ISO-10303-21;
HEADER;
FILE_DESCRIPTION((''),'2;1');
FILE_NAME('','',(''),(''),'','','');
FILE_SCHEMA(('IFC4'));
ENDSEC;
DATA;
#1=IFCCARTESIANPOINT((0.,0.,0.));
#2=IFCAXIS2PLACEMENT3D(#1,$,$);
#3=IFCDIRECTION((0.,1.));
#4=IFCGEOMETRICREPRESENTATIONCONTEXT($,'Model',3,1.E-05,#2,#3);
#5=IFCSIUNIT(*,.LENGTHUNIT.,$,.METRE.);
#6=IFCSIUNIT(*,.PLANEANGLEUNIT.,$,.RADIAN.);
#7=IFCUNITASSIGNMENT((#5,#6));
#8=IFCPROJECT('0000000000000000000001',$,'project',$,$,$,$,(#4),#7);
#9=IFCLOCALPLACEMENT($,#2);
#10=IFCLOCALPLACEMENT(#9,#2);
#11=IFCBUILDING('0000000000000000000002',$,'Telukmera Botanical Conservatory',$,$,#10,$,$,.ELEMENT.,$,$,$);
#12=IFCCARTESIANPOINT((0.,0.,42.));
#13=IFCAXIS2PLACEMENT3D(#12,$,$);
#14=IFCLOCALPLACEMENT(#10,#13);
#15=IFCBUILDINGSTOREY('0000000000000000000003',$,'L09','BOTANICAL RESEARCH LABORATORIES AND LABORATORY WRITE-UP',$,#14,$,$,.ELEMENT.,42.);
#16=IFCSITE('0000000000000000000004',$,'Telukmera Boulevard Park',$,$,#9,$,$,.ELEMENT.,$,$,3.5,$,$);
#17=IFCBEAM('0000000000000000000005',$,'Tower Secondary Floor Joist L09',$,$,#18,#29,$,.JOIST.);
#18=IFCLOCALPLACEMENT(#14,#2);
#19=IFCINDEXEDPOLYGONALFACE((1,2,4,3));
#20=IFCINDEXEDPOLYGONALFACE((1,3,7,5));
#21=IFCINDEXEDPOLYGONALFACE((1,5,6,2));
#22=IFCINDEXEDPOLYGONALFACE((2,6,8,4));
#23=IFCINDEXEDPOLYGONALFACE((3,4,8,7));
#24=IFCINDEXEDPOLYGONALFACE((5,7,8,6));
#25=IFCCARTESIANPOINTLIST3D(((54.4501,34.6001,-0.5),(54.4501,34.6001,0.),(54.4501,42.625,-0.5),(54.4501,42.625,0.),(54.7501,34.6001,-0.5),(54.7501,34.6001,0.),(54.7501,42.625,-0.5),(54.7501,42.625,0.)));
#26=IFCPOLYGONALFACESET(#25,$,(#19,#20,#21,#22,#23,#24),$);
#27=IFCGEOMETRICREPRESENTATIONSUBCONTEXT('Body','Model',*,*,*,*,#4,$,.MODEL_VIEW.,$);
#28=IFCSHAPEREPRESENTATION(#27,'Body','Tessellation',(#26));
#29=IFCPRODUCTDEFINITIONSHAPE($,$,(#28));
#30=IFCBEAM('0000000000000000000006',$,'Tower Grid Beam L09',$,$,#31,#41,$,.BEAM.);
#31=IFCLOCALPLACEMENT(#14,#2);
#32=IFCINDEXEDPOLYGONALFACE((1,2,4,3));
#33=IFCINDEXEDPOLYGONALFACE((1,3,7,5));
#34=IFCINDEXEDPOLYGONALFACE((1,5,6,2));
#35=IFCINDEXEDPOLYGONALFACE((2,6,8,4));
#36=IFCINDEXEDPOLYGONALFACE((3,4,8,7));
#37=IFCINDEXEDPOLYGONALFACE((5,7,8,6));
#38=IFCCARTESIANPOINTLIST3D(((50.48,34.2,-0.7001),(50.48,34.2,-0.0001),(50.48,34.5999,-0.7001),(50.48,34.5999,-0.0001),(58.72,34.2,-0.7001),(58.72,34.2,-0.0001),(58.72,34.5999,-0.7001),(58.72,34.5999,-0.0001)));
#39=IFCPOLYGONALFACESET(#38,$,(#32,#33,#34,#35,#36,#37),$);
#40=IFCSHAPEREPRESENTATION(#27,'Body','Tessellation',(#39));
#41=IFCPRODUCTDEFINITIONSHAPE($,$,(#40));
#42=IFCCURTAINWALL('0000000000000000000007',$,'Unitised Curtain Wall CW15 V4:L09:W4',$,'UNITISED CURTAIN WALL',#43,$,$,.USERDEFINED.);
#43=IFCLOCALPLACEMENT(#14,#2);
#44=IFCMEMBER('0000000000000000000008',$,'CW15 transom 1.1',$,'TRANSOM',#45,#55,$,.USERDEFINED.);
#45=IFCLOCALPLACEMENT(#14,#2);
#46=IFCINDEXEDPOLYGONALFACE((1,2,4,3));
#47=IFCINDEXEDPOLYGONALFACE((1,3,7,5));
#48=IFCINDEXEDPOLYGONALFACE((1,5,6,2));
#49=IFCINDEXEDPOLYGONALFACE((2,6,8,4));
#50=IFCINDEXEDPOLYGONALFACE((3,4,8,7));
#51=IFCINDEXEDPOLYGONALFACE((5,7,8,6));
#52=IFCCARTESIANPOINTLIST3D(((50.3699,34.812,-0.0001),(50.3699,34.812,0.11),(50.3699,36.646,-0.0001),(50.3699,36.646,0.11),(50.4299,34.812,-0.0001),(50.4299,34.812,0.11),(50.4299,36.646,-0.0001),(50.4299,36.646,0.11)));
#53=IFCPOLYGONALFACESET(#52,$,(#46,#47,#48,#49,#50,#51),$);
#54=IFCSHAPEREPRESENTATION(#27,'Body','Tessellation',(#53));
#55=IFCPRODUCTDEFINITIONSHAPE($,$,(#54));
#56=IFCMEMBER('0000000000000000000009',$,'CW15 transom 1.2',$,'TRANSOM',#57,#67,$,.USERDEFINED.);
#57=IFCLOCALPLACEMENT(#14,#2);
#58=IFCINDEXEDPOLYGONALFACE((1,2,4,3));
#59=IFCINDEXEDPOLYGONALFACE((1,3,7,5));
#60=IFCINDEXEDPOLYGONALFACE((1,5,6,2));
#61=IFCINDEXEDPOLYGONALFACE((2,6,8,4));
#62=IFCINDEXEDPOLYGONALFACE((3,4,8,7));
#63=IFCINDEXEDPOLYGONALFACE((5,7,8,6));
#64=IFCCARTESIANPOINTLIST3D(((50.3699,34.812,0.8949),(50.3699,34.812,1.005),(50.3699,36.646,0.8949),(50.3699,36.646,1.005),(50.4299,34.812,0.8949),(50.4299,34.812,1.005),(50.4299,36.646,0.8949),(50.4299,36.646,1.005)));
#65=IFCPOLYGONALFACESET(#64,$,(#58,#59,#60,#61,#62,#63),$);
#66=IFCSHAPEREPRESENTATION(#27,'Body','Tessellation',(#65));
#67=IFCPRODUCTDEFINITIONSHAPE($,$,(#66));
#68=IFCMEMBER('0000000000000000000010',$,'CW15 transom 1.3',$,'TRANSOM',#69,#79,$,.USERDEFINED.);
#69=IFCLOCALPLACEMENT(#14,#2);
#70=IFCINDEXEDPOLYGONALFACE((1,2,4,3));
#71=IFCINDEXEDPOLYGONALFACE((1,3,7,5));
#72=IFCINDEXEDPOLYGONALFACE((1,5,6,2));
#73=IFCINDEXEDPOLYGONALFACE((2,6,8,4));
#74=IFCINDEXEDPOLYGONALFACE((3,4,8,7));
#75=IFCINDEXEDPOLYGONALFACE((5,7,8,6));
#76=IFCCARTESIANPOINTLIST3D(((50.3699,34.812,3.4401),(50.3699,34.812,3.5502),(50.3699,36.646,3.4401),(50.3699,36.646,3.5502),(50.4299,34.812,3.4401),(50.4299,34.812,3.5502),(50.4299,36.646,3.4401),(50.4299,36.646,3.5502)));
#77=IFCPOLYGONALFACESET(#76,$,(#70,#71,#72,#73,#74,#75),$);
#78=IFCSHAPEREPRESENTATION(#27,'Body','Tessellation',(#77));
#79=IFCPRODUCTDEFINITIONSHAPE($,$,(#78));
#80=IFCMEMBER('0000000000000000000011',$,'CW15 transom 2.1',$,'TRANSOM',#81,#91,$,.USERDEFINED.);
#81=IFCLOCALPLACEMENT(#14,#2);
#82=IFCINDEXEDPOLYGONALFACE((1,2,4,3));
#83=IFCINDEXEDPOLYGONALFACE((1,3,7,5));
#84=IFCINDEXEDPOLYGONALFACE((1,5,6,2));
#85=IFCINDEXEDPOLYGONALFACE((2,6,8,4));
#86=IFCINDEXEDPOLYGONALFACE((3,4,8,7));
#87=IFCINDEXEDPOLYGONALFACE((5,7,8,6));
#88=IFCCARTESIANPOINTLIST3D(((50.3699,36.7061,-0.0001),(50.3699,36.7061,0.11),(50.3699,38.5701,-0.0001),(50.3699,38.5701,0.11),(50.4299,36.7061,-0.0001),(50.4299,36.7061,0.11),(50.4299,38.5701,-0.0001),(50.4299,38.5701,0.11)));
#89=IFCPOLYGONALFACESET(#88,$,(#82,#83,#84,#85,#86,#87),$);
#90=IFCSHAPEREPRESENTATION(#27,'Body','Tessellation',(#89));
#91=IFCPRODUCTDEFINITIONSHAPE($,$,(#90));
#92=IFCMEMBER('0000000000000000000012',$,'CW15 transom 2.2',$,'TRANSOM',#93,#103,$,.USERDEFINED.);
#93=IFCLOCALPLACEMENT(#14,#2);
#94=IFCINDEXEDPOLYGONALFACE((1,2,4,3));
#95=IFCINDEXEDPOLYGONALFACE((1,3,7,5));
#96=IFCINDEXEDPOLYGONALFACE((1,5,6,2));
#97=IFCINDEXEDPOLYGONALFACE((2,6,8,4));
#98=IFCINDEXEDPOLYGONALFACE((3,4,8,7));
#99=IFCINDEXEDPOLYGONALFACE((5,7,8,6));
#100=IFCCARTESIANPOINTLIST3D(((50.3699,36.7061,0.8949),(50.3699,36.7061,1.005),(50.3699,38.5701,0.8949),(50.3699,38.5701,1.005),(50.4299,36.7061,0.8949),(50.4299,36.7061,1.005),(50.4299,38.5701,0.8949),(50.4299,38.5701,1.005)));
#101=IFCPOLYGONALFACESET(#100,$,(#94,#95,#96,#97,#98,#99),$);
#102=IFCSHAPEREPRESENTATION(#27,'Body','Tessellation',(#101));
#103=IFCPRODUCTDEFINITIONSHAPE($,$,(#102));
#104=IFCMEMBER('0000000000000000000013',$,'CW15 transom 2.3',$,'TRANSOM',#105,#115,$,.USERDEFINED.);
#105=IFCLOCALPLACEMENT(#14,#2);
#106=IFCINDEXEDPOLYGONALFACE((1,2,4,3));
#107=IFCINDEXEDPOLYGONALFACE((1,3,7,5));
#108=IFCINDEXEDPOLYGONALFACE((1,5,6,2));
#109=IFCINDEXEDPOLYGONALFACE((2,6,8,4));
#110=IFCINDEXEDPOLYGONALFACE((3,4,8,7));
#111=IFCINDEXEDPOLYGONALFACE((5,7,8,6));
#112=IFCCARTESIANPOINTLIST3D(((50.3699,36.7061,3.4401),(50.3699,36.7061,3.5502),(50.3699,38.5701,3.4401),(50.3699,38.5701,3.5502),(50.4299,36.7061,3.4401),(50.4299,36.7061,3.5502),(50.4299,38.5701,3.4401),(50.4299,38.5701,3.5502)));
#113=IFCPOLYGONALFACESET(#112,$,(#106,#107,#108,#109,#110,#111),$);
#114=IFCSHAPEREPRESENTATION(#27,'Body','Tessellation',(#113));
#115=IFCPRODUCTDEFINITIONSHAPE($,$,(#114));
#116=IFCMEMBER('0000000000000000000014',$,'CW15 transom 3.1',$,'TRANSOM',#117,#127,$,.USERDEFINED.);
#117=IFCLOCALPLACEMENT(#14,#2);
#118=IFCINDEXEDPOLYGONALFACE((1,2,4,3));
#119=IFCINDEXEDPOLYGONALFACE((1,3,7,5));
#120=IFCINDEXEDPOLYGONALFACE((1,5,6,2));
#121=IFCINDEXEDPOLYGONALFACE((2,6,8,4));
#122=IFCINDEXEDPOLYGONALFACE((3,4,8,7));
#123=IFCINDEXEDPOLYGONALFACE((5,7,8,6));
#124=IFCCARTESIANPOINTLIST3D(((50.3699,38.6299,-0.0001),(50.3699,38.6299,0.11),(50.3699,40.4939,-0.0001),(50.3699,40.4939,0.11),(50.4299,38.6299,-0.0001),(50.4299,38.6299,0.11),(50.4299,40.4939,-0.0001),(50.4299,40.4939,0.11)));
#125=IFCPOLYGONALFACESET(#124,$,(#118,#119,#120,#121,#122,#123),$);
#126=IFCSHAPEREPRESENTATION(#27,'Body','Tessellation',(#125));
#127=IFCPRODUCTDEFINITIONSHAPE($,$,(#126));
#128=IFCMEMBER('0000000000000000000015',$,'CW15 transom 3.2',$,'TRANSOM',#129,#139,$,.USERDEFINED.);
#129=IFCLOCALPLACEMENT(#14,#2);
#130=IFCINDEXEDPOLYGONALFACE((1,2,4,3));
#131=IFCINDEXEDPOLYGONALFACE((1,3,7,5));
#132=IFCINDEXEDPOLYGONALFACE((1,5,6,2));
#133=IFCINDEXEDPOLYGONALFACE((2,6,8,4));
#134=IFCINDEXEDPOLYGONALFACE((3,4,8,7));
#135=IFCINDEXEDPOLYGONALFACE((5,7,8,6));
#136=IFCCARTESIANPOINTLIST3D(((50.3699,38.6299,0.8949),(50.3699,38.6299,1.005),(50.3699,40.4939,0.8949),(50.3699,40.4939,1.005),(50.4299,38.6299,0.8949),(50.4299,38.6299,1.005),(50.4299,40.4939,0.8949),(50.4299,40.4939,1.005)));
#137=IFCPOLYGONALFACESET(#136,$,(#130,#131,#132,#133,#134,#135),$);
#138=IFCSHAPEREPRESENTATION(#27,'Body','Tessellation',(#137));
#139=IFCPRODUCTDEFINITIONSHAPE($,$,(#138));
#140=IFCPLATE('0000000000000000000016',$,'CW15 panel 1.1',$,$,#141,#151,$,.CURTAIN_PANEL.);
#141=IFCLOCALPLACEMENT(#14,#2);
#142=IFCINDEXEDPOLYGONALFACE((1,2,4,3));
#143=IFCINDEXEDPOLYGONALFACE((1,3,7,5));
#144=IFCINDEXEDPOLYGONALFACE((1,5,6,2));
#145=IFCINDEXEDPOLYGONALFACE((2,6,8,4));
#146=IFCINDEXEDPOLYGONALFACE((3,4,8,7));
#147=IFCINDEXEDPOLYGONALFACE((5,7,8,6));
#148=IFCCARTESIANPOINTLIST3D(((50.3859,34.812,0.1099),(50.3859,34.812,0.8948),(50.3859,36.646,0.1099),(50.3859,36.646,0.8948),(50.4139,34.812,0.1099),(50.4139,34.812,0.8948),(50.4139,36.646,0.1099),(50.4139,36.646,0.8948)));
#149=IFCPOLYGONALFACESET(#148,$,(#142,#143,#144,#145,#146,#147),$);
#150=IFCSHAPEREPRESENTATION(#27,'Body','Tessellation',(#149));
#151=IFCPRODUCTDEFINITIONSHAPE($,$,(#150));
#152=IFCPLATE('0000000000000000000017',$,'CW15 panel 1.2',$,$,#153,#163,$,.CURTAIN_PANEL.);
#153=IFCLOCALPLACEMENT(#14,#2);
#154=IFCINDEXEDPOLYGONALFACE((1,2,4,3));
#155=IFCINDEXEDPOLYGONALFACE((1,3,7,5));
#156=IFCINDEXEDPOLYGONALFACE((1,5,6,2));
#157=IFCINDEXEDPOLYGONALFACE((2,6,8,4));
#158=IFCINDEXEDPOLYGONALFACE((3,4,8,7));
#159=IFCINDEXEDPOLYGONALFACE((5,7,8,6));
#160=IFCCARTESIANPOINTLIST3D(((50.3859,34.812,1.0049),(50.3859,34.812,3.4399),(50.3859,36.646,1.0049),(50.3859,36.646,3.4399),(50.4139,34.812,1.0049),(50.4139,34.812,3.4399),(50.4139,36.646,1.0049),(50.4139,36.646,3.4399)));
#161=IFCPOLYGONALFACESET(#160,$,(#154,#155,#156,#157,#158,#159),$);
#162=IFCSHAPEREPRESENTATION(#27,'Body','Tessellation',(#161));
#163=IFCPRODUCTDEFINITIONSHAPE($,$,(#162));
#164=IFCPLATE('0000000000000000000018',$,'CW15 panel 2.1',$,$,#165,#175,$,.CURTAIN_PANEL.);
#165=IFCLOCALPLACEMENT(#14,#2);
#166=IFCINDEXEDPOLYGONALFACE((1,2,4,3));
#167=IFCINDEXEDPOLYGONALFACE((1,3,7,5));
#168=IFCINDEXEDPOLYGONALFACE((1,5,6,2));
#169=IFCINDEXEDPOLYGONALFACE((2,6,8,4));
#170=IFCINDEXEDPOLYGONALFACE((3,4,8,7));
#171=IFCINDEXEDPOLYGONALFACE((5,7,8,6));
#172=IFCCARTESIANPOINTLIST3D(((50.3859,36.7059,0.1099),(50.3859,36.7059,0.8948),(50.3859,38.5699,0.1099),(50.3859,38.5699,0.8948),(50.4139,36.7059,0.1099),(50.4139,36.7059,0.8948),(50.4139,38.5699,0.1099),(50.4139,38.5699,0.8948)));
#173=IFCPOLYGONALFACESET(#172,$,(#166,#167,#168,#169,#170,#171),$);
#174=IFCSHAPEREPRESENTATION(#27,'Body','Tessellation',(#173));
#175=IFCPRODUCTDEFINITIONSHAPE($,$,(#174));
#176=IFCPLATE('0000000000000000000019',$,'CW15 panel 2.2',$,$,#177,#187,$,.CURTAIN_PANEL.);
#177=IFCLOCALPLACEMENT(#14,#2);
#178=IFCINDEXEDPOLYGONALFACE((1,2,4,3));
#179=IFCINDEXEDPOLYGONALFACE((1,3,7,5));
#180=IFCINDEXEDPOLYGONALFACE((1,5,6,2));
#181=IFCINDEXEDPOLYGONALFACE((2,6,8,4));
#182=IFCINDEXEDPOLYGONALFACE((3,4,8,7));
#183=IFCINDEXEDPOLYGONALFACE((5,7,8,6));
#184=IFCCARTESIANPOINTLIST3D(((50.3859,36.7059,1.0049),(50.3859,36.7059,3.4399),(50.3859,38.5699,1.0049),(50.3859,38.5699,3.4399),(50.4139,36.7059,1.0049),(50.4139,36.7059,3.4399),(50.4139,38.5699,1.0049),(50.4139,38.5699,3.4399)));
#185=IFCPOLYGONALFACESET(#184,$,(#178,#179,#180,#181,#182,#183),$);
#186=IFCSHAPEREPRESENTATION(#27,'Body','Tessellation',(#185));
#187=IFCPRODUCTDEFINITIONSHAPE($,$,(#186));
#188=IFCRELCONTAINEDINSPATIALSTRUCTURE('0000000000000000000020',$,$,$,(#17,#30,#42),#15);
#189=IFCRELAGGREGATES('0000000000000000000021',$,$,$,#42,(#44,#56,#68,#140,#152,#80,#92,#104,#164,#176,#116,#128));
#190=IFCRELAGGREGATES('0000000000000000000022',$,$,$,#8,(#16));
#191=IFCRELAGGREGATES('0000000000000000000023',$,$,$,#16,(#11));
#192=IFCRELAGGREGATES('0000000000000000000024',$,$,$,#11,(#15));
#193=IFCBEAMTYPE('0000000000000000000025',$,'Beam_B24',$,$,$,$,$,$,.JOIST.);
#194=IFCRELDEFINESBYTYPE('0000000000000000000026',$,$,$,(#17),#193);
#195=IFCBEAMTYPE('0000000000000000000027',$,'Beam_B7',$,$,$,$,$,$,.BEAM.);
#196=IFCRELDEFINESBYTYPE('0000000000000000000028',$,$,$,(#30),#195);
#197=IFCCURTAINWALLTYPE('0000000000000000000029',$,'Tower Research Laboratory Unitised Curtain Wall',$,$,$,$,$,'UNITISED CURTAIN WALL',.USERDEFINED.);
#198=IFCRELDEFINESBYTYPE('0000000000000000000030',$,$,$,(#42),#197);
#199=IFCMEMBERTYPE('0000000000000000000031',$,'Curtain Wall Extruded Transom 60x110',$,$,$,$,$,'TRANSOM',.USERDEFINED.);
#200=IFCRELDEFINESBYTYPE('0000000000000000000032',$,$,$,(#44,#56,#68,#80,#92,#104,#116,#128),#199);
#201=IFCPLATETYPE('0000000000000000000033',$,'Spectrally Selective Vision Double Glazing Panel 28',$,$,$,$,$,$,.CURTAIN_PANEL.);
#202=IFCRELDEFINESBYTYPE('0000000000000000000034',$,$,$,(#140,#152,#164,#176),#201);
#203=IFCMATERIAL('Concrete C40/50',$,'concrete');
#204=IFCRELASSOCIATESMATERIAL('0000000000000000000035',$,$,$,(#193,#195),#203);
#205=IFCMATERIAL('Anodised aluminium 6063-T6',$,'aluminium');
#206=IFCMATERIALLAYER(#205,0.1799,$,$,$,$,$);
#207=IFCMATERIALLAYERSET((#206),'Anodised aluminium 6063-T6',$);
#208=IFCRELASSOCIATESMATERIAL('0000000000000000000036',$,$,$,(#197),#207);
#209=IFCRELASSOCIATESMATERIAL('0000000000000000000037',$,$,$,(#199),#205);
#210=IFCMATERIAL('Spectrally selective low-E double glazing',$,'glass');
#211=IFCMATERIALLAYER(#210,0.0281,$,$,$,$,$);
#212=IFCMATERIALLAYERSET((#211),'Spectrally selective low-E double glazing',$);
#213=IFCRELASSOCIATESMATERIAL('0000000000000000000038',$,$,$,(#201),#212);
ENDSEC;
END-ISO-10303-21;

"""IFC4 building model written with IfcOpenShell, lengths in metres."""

from ifc_helpers import new_model, si_unit, direction, frame, origin, origin_2d, place, context, subcontext, project, spatial, rectangle, extrude, material, layer, layer_set, material_profile, profile_set, type_object, element, aggregate, save


model = new_model("IFC4")

# Units and contexts
model_context = context("Model", 3, precision=1e-05, world=origin(), true_north=direction((0.0, 1.0)))
body_context = subcontext(model_context, "Body", "Model", "MODEL_VIEW")
ifc_project = project(units=[si_unit("LENGTHUNIT", "METRE"), si_unit("PLANEANGLEUNIT", "RADIAN")], contexts=[model_context])

# Site, building, storey
site_placement = place(None, origin())
site = spatial("IfcSite", under=ifc_project, at=site_placement, Name="Telukmera Boulevard Park", CompositionType="ELEMENT", RefElevation=3.5)
building_placement = place(site_placement, origin())
building = spatial("IfcBuilding", under=site, at=building_placement, Name="Telukmera Botanical Conservatory", CompositionType="ELEMENT")
storey_placement = place(building_placement, frame((0.0, 0.0, 42.0)))
storey = spatial("IfcBuildingStorey", under=building, at=storey_placement, Name="L09", Description="BOTANICAL RESEARCH LABORATORIES AND LABORATORY WRITE-UP", CompositionType="ELEMENT", Elevation=42.0)

# Beams
ifc_material_1 = material(Name="Concrete C40/50", Category="concrete")
ifc_material_profile_1 = material_profile(ifc_material_1, rectangle(XDim=0.3, YDim=0.5, at=origin_2d()), Name="RC 300x500")
ifc_profile_set_1 = profile_set([ifc_material_profile_1], Name="Concrete C40/50")
beam_type_1 = type_object("IfcBeamType", Name="Beam_B24", PredefinedType="JOIST", material=ifc_profile_set_1)
beam_1_placement = place(storey_placement, frame((54.6001, 34.6001, -0.25), z_axis=(0.0, 1.0, 0.0), x_axis=(-1.0, 0.0, 0.0)))
element("IfcBeam", 1, at=beam_1_placement, inside=storey, type_object=beam_type_1, Name="Tower Secondary Floor Joist L09", PredefinedType="JOIST", context=body_context, shape_type="SweptSolid", body=[
    extrude(rectangle(XDim=0.3, YDim=0.5, at=origin_2d()), origin(), (0.0, 0.0, 1.0), 8.0249),
])
ifc_material_profile_2 = material_profile(ifc_material_1, rectangle(XDim=0.3999, YDim=0.7, at=origin_2d()), Name="RC 400x700")
ifc_profile_set_2 = profile_set([ifc_material_profile_2], Name="Concrete C40/50")
beam_type_2 = type_object("IfcBeamType", Name="Beam_B7", PredefinedType="BEAM", material=ifc_profile_set_2)
beam_2_placement = place(storey_placement, frame((50.48, 34.3999, -0.3501), z_axis=(1.0, 0.0, 0.0), x_axis=(0.0, 1.0, 0.0)))
element("IfcBeam", 2, at=beam_2_placement, inside=storey, type_object=beam_type_2, Name="Tower Grid Beam L09", PredefinedType="BEAM", context=body_context, shape_type="SweptSolid", body=[
    extrude(rectangle(XDim=0.3999, YDim=0.7, at=origin_2d()), origin(), (0.0, 0.0, 1.0), 8.24),
])

# Curtain wall, members, plates
ifc_material_2 = material(Name="Anodised aluminium 6063-T6", Category="aluminium")
ifc_layer_1 = layer(ifc_material_2, 0.1799)
ifc_layer_set_1 = layer_set([ifc_layer_1], Name="Anodised aluminium 6063-T6")
curtain_wall_type = type_object("IfcCurtainWallType", Name="Tower Research Laboratory Unitised Curtain Wall", ElementType="UNITISED CURTAIN WALL", PredefinedType="USERDEFINED", material=ifc_layer_set_1)
curtain_wall_placement = place(storey_placement, origin())
curtain_wall = element("IfcCurtainWall", 3, at=curtain_wall_placement, inside=storey, type_object=curtain_wall_type, Name="Unitised Curtain Wall CW15 V4:L09:W4", ObjectType="UNITISED CURTAIN WALL", PredefinedType="USERDEFINED")
ifc_material_profile_3 = material_profile(ifc_material_2, rectangle(XDim=0.0601, YDim=0.1101, at=origin_2d()), Name="ALU TRAN 60x110")
ifc_profile_set_3 = profile_set([ifc_material_profile_3], Name="Anodised aluminium 6063-T6")
member_type = type_object("IfcMemberType", Name="Curtain Wall Extruded Transom 60x110", ElementType="TRANSOM", PredefinedType="USERDEFINED", material=ifc_profile_set_3)
member_1_placement = place(storey_placement, frame((50.3999, 34.812, 0.0549), z_axis=(0.0, 1.0, 0.0), x_axis=(-1.0, 0.0, 0.0)))
member_1 = element("IfcMember", 4, at=member_1_placement, type_object=member_type, Name="CW15 transom 1.1", ObjectType="TRANSOM", PredefinedType="USERDEFINED", context=body_context, shape_type="SweptSolid", body=[
    extrude(rectangle(XDim=0.0601, YDim=0.1101, at=origin_2d()), origin(), (0.0, 0.0, 1.0), 1.834),
])
member_2_placement = place(storey_placement, frame((50.3999, 34.812, 0.95), z_axis=(0.0, 1.0, 0.0), x_axis=(-1.0, 0.0, 0.0)))
member_2 = element("IfcMember", 5, at=member_2_placement, type_object=member_type, Name="CW15 transom 1.2", ObjectType="TRANSOM", PredefinedType="USERDEFINED", context=body_context, shape_type="SweptSolid", body=[
    extrude(rectangle(XDim=0.0601, YDim=0.1101, at=origin_2d()), origin(), (0.0, 0.0, 1.0), 1.834),
])
member_3_placement = place(storey_placement, frame((50.3999, 34.812, 3.4951), z_axis=(0.0, 1.0, 0.0), x_axis=(-1.0, 0.0, 0.0)))
member_3 = element("IfcMember", 6, at=member_3_placement, type_object=member_type, Name="CW15 transom 1.3", ObjectType="TRANSOM", PredefinedType="USERDEFINED", context=body_context, shape_type="SweptSolid", body=[
    extrude(rectangle(XDim=0.0601, YDim=0.1101, at=origin_2d()), origin(), (0.0, 0.0, 1.0), 1.834),
])
member_4_placement = place(storey_placement, frame((50.3999, 36.7061, 0.0549), z_axis=(0.0, 1.0, 0.0), x_axis=(-1.0, 0.0, 0.0)))
member_4 = element("IfcMember", 7, at=member_4_placement, type_object=member_type, Name="CW15 transom 2.1", ObjectType="TRANSOM", PredefinedType="USERDEFINED", context=body_context, shape_type="SweptSolid", body=[
    extrude(rectangle(XDim=0.0601, YDim=0.1101, at=origin_2d()), origin(), (0.0, 0.0, 1.0), 1.864),
])
member_5_placement = place(storey_placement, frame((50.3999, 36.7061, 0.95), z_axis=(0.0, 1.0, 0.0), x_axis=(-1.0, 0.0, 0.0)))
member_5 = element("IfcMember", 8, at=member_5_placement, type_object=member_type, Name="CW15 transom 2.2", ObjectType="TRANSOM", PredefinedType="USERDEFINED", context=body_context, shape_type="SweptSolid", body=[
    extrude(rectangle(XDim=0.0601, YDim=0.1101, at=origin_2d()), origin(), (0.0, 0.0, 1.0), 1.864),
])
member_6_placement = place(storey_placement, frame((50.3999, 36.7061, 3.4951), z_axis=(0.0, 1.0, 0.0), x_axis=(-1.0, 0.0, 0.0)))
member_6 = element("IfcMember", 9, at=member_6_placement, type_object=member_type, Name="CW15 transom 2.3", ObjectType="TRANSOM", PredefinedType="USERDEFINED", context=body_context, shape_type="SweptSolid", body=[
    extrude(rectangle(XDim=0.0601, YDim=0.1101, at=origin_2d()), origin(), (0.0, 0.0, 1.0), 1.864),
])
member_7_placement = place(storey_placement, frame((50.3999, 38.6299, 0.0549), z_axis=(0.0, 1.0, 0.0), x_axis=(-1.0, 0.0, 0.0)))
member_7 = element("IfcMember", 10, at=member_7_placement, type_object=member_type, Name="CW15 transom 3.1", ObjectType="TRANSOM", PredefinedType="USERDEFINED", context=body_context, shape_type="SweptSolid", body=[
    extrude(rectangle(XDim=0.0601, YDim=0.1101, at=origin_2d()), origin(), (0.0, 0.0, 1.0), 1.864),
])
member_8_placement = place(storey_placement, frame((50.3999, 38.6299, 0.95), z_axis=(0.0, 1.0, 0.0), x_axis=(-1.0, 0.0, 0.0)))
member_8 = element("IfcMember", 11, at=member_8_placement, type_object=member_type, Name="CW15 transom 3.2", ObjectType="TRANSOM", PredefinedType="USERDEFINED", context=body_context, shape_type="SweptSolid", body=[
    extrude(rectangle(XDim=0.0601, YDim=0.1101, at=origin_2d()), origin(), (0.0, 0.0, 1.0), 1.864),
])
ifc_material_3 = material(Name="Spectrally selective low-E double glazing", Category="glass")
ifc_layer_2 = layer(ifc_material_3, 0.0281)
ifc_layer_set_2 = layer_set([ifc_layer_2], Name="Spectrally selective low-E double glazing")
plate_type = type_object("IfcPlateType", Name="Spectrally Selective Vision Double Glazing Panel 28", PredefinedType="CURTAIN_PANEL", material=ifc_layer_set_2)
plate_1_placement = place(storey_placement, frame((50.3999, 35.729, 0.1099), z_axis=(0.0, 0.0, 1.0), x_axis=(0.0, 1.0, 0.0)))
plate_1 = element("IfcPlate", 12, at=plate_1_placement, type_object=plate_type, Name="CW15 panel 1.1", PredefinedType="CURTAIN_PANEL", context=body_context, shape_type="SweptSolid", body=[
    extrude(rectangle(XDim=1.834, YDim=0.0281, at=origin_2d()), origin(), (0.0, 0.0, 1.0), 0.7849),
])
plate_2_placement = place(storey_placement, frame((50.3999, 35.729, 1.0049), z_axis=(0.0, 0.0, 1.0), x_axis=(0.0, 1.0, 0.0)))
plate_2 = element("IfcPlate", 13, at=plate_2_placement, type_object=plate_type, Name="CW15 panel 1.2", PredefinedType="CURTAIN_PANEL", context=body_context, shape_type="SweptSolid", body=[
    extrude(rectangle(XDim=1.834, YDim=0.0281, at=origin_2d()), origin(), (0.0, 0.0, 1.0), 2.4351),
])
plate_3_placement = place(storey_placement, frame((50.3999, 37.6379, 0.1099), z_axis=(0.0, 0.0, 1.0), x_axis=(0.0, 1.0, 0.0)))
plate_3 = element("IfcPlate", 14, at=plate_3_placement, type_object=plate_type, Name="CW15 panel 2.1", PredefinedType="CURTAIN_PANEL", context=body_context, shape_type="SweptSolid", body=[
    extrude(rectangle(XDim=1.864, YDim=0.0281, at=origin_2d()), origin(), (0.0, 0.0, 1.0), 0.7849),
])
plate_4_placement = place(storey_placement, frame((50.3999, 37.6379, 1.0049), z_axis=(0.0, 0.0, 1.0), x_axis=(0.0, 1.0, 0.0)))
plate_4 = element("IfcPlate", 15, at=plate_4_placement, type_object=plate_type, Name="CW15 panel 2.2", PredefinedType="CURTAIN_PANEL", context=body_context, shape_type="SweptSolid", body=[
    extrude(rectangle(XDim=1.864, YDim=0.0281, at=origin_2d()), origin(), (0.0, 0.0, 1.0), 2.4351),
])
aggregate(curtain_wall, [member_1, member_2, member_3, plate_1, plate_2, member_4, member_5, member_6, plate_3, plate_4, member_7, member_8])

save(model, "model.ifc")
